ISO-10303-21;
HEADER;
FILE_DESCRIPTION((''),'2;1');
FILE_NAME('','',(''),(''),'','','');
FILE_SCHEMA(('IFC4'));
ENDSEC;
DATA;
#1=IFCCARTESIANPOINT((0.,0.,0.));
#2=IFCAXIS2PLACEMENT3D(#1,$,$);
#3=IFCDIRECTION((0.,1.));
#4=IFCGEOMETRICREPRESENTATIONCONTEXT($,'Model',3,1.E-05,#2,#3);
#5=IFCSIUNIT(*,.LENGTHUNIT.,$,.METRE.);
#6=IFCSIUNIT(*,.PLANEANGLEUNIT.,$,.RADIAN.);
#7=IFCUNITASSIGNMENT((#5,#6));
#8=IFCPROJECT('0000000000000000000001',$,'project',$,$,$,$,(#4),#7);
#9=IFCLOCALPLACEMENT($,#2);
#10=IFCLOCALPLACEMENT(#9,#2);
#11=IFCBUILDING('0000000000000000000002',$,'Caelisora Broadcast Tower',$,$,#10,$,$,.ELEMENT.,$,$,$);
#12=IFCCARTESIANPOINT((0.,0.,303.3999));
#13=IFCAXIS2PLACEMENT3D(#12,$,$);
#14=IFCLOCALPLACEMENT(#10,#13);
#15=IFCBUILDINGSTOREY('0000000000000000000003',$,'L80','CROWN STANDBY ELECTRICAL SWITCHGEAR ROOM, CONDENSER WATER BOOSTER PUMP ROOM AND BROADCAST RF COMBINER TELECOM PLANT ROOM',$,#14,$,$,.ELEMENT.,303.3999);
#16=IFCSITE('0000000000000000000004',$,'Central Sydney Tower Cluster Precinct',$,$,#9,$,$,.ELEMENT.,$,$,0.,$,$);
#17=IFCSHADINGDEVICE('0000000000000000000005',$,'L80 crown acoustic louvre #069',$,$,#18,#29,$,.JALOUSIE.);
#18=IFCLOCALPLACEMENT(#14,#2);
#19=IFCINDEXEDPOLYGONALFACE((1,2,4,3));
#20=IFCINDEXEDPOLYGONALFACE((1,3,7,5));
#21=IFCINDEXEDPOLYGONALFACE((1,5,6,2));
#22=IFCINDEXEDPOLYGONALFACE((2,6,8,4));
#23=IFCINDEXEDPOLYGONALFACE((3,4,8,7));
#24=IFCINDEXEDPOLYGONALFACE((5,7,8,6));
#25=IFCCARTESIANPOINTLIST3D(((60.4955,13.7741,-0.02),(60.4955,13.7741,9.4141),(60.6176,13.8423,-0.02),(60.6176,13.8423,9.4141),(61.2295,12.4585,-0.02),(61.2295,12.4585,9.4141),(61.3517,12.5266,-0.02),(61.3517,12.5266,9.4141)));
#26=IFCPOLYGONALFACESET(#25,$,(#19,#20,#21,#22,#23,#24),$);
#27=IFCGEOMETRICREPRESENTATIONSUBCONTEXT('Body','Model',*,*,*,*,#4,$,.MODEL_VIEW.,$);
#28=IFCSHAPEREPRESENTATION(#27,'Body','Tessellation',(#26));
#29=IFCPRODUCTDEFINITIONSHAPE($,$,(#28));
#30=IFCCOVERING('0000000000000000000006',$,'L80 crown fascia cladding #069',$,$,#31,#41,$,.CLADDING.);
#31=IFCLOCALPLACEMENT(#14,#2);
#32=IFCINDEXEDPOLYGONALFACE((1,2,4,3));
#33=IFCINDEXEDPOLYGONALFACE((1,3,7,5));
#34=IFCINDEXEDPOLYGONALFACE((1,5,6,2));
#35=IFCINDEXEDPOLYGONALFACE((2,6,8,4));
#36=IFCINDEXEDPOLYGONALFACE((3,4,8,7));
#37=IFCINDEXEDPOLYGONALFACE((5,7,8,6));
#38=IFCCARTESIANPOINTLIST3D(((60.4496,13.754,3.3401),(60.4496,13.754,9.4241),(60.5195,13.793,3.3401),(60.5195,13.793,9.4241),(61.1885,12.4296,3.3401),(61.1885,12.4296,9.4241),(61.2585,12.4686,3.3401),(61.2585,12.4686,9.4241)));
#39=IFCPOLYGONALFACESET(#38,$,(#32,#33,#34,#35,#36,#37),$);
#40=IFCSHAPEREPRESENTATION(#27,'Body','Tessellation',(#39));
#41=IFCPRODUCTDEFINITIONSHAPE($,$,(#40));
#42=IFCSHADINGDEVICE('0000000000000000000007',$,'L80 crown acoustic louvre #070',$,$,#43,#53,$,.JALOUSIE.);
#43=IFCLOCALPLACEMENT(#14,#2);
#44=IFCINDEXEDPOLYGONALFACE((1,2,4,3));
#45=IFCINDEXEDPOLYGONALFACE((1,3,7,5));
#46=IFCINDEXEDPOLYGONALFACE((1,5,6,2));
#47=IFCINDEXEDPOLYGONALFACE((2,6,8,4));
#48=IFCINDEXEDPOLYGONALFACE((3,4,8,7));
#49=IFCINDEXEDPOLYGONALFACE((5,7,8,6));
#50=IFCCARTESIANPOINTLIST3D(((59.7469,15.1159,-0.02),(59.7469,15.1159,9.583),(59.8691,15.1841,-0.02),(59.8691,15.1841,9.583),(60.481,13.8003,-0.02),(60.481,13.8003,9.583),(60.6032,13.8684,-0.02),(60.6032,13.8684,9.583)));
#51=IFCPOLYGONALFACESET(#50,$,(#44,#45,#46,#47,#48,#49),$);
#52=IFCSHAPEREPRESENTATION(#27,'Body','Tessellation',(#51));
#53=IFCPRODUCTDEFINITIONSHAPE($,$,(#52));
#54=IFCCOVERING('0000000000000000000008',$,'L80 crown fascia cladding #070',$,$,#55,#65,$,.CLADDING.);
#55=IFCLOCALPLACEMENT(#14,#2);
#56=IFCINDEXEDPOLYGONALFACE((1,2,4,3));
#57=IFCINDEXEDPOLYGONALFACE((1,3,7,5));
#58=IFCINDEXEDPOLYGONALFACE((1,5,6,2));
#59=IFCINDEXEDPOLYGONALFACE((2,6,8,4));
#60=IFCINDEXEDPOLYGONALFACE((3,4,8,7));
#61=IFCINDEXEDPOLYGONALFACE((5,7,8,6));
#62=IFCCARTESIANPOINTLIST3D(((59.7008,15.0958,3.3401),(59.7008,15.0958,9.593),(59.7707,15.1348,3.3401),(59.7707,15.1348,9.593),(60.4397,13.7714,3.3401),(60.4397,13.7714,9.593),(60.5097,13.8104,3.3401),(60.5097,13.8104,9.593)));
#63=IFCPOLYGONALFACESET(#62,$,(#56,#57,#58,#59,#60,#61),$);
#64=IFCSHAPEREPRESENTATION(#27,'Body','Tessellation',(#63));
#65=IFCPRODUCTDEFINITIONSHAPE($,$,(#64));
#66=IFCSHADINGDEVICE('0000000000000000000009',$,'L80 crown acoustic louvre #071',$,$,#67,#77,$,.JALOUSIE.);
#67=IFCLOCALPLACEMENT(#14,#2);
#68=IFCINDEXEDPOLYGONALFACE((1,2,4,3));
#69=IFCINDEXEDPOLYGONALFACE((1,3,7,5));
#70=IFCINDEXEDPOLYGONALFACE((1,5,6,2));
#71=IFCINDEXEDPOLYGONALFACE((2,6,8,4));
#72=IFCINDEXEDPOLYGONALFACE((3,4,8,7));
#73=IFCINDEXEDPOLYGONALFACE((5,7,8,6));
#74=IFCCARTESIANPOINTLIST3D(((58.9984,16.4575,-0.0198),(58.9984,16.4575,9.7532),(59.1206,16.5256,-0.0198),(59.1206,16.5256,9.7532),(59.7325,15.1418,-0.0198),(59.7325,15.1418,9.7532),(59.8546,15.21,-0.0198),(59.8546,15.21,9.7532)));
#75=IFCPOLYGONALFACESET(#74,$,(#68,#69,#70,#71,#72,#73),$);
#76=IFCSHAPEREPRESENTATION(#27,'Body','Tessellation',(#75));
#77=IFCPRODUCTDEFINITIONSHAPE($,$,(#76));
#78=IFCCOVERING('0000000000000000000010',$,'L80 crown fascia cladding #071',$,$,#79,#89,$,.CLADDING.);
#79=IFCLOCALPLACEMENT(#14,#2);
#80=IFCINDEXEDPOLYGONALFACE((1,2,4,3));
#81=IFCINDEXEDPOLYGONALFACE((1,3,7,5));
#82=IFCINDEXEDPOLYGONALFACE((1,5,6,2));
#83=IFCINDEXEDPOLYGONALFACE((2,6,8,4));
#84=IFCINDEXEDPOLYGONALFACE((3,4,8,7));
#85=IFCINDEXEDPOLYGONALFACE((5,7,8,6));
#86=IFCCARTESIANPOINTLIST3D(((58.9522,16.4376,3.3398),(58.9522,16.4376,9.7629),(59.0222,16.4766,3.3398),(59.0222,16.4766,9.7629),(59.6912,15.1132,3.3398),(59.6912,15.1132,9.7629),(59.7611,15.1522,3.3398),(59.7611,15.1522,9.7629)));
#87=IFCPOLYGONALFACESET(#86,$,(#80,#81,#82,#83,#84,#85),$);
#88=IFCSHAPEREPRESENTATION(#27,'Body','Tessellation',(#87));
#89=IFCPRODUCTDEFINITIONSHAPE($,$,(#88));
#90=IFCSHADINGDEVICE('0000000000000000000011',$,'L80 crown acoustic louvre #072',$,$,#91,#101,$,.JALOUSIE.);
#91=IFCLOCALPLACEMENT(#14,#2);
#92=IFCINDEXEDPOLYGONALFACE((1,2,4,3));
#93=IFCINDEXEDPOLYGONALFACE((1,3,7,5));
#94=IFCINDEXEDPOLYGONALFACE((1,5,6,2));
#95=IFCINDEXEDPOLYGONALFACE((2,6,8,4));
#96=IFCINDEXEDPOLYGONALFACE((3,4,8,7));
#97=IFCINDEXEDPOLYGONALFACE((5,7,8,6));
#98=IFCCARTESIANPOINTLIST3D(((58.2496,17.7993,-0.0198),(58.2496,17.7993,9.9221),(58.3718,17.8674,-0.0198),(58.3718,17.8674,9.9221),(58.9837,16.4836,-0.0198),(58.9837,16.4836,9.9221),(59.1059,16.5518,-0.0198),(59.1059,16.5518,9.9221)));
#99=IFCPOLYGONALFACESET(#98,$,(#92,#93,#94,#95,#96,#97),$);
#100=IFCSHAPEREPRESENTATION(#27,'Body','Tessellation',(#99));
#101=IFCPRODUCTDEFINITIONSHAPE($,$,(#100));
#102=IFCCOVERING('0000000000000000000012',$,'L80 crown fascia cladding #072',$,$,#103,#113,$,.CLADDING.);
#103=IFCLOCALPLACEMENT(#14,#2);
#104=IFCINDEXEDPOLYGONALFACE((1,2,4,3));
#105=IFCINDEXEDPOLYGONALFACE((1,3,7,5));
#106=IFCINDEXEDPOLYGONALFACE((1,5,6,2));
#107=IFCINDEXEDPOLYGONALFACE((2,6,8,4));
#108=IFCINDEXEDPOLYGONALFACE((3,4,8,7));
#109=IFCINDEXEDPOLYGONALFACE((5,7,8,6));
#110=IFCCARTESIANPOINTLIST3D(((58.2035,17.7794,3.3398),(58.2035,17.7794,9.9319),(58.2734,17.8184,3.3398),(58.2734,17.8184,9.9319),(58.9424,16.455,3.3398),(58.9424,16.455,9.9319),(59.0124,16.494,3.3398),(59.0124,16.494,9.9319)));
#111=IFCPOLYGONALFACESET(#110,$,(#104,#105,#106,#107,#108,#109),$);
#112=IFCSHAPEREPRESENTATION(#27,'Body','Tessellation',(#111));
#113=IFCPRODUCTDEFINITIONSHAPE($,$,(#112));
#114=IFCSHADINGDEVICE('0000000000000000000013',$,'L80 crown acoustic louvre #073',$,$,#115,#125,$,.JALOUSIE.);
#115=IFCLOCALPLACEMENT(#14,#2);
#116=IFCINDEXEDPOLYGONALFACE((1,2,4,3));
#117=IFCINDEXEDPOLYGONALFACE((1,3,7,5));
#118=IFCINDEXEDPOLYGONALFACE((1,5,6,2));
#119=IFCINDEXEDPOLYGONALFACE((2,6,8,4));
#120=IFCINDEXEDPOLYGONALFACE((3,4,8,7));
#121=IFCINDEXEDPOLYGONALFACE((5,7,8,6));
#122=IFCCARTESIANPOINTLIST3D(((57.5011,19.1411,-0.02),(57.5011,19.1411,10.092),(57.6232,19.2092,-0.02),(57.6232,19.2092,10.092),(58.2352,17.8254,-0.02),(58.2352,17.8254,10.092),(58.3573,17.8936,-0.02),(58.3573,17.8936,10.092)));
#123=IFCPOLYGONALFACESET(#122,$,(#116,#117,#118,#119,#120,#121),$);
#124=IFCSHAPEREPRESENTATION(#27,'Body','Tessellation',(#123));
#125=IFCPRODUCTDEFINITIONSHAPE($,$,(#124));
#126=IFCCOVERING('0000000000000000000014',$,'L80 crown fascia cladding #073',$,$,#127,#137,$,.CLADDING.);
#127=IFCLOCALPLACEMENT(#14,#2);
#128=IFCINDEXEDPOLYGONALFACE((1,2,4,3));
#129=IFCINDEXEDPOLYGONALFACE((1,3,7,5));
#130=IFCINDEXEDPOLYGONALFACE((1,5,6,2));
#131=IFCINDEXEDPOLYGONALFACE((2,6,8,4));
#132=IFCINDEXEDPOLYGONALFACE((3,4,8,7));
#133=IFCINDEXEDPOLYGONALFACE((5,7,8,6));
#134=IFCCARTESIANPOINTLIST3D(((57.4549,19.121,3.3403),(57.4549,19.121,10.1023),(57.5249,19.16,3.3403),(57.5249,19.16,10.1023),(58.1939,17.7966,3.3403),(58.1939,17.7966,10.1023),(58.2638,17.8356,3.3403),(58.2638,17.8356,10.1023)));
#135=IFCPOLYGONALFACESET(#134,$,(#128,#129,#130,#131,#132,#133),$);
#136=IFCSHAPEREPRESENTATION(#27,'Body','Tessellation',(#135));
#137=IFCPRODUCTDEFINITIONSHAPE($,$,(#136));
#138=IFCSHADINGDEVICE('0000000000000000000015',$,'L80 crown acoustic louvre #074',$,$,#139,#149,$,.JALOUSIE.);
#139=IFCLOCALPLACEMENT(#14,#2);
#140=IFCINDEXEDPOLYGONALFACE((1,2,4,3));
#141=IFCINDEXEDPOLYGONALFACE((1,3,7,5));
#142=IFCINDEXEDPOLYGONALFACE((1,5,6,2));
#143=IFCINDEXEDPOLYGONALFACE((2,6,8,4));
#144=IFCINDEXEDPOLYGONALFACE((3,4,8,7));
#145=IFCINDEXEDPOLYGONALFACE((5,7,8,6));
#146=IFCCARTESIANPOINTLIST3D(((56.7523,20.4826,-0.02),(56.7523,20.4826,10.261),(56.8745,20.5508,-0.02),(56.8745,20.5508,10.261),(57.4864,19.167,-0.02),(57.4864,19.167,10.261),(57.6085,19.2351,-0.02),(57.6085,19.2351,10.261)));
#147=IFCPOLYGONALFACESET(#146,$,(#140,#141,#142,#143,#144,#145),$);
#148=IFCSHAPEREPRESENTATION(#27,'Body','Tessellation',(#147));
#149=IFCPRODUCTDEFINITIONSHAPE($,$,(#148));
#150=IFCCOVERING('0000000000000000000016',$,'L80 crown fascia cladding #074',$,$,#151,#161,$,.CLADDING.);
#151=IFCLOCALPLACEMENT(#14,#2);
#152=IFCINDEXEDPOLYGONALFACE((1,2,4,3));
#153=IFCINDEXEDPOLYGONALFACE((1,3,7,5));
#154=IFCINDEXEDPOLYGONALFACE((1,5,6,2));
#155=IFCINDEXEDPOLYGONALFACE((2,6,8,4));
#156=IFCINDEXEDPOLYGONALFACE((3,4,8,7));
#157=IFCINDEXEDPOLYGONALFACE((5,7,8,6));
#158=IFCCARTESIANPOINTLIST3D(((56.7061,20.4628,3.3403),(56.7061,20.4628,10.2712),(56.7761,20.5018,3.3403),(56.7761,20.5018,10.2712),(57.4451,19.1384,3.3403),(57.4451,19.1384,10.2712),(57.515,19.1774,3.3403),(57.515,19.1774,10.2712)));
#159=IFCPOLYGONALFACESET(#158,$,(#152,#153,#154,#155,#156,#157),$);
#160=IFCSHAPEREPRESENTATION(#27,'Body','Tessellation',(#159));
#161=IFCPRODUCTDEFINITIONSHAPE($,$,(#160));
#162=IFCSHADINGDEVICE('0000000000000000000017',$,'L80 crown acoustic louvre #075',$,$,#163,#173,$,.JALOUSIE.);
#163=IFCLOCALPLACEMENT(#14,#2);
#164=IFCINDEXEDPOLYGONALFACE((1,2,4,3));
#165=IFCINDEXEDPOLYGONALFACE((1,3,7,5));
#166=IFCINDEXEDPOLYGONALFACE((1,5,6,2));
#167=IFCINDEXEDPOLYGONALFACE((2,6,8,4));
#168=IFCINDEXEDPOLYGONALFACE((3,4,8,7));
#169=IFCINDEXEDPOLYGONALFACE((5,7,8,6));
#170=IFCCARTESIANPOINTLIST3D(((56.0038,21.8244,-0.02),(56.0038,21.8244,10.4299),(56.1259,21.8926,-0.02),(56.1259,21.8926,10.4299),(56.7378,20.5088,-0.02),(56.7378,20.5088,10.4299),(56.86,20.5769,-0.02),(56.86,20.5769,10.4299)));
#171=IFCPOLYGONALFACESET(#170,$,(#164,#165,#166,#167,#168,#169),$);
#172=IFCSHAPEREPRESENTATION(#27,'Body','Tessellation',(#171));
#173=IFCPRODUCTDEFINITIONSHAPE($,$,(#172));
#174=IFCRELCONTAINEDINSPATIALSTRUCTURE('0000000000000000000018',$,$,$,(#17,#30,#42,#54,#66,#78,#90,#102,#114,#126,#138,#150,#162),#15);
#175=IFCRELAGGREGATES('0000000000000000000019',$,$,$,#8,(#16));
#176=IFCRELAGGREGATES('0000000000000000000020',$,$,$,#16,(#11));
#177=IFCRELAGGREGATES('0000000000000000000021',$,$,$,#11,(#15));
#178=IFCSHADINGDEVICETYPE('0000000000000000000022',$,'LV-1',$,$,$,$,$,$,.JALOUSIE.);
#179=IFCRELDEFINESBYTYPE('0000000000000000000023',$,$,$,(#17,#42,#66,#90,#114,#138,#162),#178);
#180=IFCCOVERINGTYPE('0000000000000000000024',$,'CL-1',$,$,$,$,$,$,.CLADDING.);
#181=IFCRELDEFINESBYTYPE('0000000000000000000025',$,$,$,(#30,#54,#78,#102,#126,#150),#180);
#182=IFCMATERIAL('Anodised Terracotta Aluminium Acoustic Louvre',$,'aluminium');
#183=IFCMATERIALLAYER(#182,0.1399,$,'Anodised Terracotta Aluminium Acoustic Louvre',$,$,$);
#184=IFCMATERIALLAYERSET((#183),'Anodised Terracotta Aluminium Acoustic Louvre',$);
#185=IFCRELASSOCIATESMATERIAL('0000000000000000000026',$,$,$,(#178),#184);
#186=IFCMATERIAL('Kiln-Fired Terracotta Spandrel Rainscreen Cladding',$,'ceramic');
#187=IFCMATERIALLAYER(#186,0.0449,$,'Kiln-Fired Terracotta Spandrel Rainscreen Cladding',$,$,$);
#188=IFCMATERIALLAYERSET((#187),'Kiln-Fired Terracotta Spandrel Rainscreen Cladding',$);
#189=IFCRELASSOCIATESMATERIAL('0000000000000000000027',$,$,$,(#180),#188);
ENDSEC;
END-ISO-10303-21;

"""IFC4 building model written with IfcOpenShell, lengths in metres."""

from ifc_helpers import new_model, si_unit, direction, frame, origin, origin_2d, place, context, subcontext, project, spatial, rectangle, extrude, source, transform, mapped, material, layer, layer_set, type_object, element, save


model = new_model("IFC4")

# Units and contexts
model_context = context("Model", 3, precision=1e-05, world=origin(), true_north=direction((0.0, 1.0)))
body_context = subcontext(model_context, "Body", "Model", "MODEL_VIEW")
ifc_project = project(units=[si_unit("LENGTHUNIT", "METRE"), si_unit("PLANEANGLEUNIT", "RADIAN")], contexts=[model_context])

# Site, building, storey
site_placement = place(None, origin())
site = spatial("IfcSite", under=ifc_project, at=site_placement, Name="Central Sydney Tower Cluster Precinct", CompositionType="ELEMENT", RefElevation=0.0)
building_placement = place(site_placement, origin())
building = spatial("IfcBuilding", under=site, at=building_placement, Name="Caelisora Broadcast Tower", CompositionType="ELEMENT")
storey_placement = place(building_placement, frame((0.0, 0.0, 303.3999)))
storey = spatial("IfcBuildingStorey", under=building, at=storey_placement, Name="L80", Description="CROWN STANDBY ELECTRICAL SWITCHGEAR ROOM, CONDENSER WATER BOOSTER PUMP ROOM AND BROADCAST RF COMBINER TELECOM PLANT ROOM", CompositionType="ELEMENT", Elevation=303.3999)

# Shading device
ifc_material_1 = material(Name="Anodised Terracotta Aluminium Acoustic Louvre", Category="aluminium")
ifc_layer_1 = layer(ifc_material_1, 0.1399, Name="Anodised Terracotta Aluminium Acoustic Louvre")
ifc_layer_set_1 = layer_set([ifc_layer_1], Name="Anodised Terracotta Aluminium Acoustic Louvre")
shading_device_type = type_object("IfcShadingDeviceType", Name="LV-1", PredefinedType="JALOUSIE", material=ifc_layer_set_1)
shared_shape_1 = source(origin(), body_context, "Body", "SweptSolid", [
    extrude(rectangle(XDim=1.5066, YDim=0.1399, at=origin_2d()), origin(), (0.0, 0.0, 1.0), 9.4341),
])
shading_device_1_placement = place(storey_placement, frame((60.9236, 13.1504, -0.02), z_axis=(0.0, 0.0, 1.0), x_axis=(-0.48725, 0.873262, 0.0)))
element("IfcShadingDevice", 1, at=shading_device_1_placement, inside=storey, type_object=shading_device_type, Name="L80 crown acoustic louvre #069", PredefinedType="JALOUSIE", context=body_context, shape_type="MappedRepresentation", body=[
    mapped(shared_shape_1, transform((0.0, 0.0, 0.0), scale=1.0)),
])

# Covering
ifc_material_2 = material(Name="Kiln-Fired Terracotta Spandrel Rainscreen Cladding", Category="ceramic")
ifc_layer_2 = layer(ifc_material_2, 0.0449, Name="Kiln-Fired Terracotta Spandrel Rainscreen Cladding")
ifc_layer_set_2 = layer_set([ifc_layer_2], Name="Kiln-Fired Terracotta Spandrel Rainscreen Cladding")
covering_type = type_object("IfcCoveringType", Name="CL-1", PredefinedType="CLADDING", material=ifc_layer_set_2)
shared_shape_2 = source(origin(), body_context, "Body", "SweptSolid", [
    extrude(rectangle(XDim=1.5166, YDim=0.0801, at=origin_2d()), origin(), (0.0, 0.0, 1.0), 6.084),
])
covering_1_placement = place(storey_placement, frame((60.854, 13.1113, 3.3401), z_axis=(0.0, 0.0, 1.0), x_axis=(-0.48725, 0.873262, 0.0)))
element("IfcCovering", 2, at=covering_1_placement, inside=storey, type_object=covering_type, Name="L80 crown fascia cladding #069", PredefinedType="CLADDING", context=body_context, shape_type="MappedRepresentation", body=[
    mapped(shared_shape_2, transform((0.0, 0.0, 0.0), scale=1.0)),
])

# Shading device
shared_shape_3 = source(origin(), body_context, "Body", "SweptSolid", [
    extrude(rectangle(XDim=1.5066, YDim=0.1399, at=origin_2d()), origin(), (0.0, 0.0, 1.0), 9.603),
])
shading_device_2_placement = place(storey_placement, frame((60.175, 14.4922, -0.02), z_axis=(0.0, 0.0, 1.0), x_axis=(-0.48725, 0.873262, 0.0)))
element("IfcShadingDevice", 3, at=shading_device_2_placement, inside=storey, type_object=shading_device_type, Name="L80 crown acoustic louvre #070", PredefinedType="JALOUSIE", context=body_context, shape_type="MappedRepresentation", body=[
    mapped(shared_shape_3, transform((0.0, 0.0, 0.0), scale=1.0)),
])

# Covering
shared_shape_4 = source(origin(), body_context, "Body", "SweptSolid", [
    extrude(rectangle(XDim=1.5166, YDim=0.0801, at=origin_2d()), origin(), (0.0, 0.0, 1.0), 6.2529),
])
covering_2_placement = place(storey_placement, frame((60.1052, 14.4531, 3.3401), z_axis=(0.0, 0.0, 1.0), x_axis=(-0.48725, 0.873262, 0.0)))
element("IfcCovering", 4, at=covering_2_placement, inside=storey, type_object=covering_type, Name="L80 crown fascia cladding #070", PredefinedType="CLADDING", context=body_context, shape_type="MappedRepresentation", body=[
    mapped(shared_shape_4, transform((0.0, 0.0, 0.0), scale=1.0)),
])

# Shading device
shared_shape_5 = source(origin(), body_context, "Body", "SweptSolid", [
    extrude(rectangle(XDim=1.5066, YDim=0.1399, at=origin_2d()), origin(), (0.0, 0.0, 1.0), 9.7729),
])
shading_device_3_placement = place(storey_placement, frame((59.4265, 15.8337, -0.0198), z_axis=(0.0, 0.0, 1.0), x_axis=(-0.48725, 0.873262, 0.0)))
element("IfcShadingDevice", 5, at=shading_device_3_placement, inside=storey, type_object=shading_device_type, Name="L80 crown acoustic louvre #071", PredefinedType="JALOUSIE", context=body_context, shape_type="MappedRepresentation", body=[
    mapped(shared_shape_5, transform((0.0, 0.0, 0.0), scale=1.0)),
])

# Covering
shared_shape_6 = source(origin(), body_context, "Body", "SweptSolid", [
    extrude(rectangle(XDim=1.5166, YDim=0.0801, at=origin_2d()), origin(), (0.0, 0.0, 1.0), 6.4231),
])
covering_3_placement = place(storey_placement, frame((59.3567, 15.7949, 3.3398), z_axis=(0.0, 0.0, 1.0), x_axis=(-0.48725, 0.873262, 0.0)))
element("IfcCovering", 6, at=covering_3_placement, inside=storey, type_object=covering_type, Name="L80 crown fascia cladding #071", PredefinedType="CLADDING", context=body_context, shape_type="MappedRepresentation", body=[
    mapped(shared_shape_6, transform((0.0, 0.0, 0.0), scale=1.0)),
])

# Shading device
shared_shape_7 = source(origin(), body_context, "Body", "SweptSolid", [
    extrude(rectangle(XDim=1.5066, YDim=0.1399, at=origin_2d()), origin(), (0.0, 0.0, 1.0), 9.9419),
])
shading_device_4_placement = place(storey_placement, frame((58.6777, 17.1755, -0.0198), z_axis=(0.0, 0.0, 1.0), x_axis=(-0.48725, 0.873262, 0.0)))
element("IfcShadingDevice", 7, at=shading_device_4_placement, inside=storey, type_object=shading_device_type, Name="L80 crown acoustic louvre #072", PredefinedType="JALOUSIE", context=body_context, shape_type="MappedRepresentation", body=[
    mapped(shared_shape_7, transform((0.0, 0.0, 0.0), scale=1.0)),
])

# Covering
shared_shape_8 = source(origin(), body_context, "Body", "SweptSolid", [
    extrude(rectangle(XDim=1.5166, YDim=0.0801, at=origin_2d()), origin(), (0.0, 0.0, 1.0), 6.592),
])
covering_4_placement = place(storey_placement, frame((58.6079, 17.1367, 3.3398), z_axis=(0.0, 0.0, 1.0), x_axis=(-0.48725, 0.873262, 0.0)))
element("IfcCovering", 8, at=covering_4_placement, inside=storey, type_object=covering_type, Name="L80 crown fascia cladding #072", PredefinedType="CLADDING", context=body_context, shape_type="MappedRepresentation", body=[
    mapped(shared_shape_8, transform((0.0, 0.0, 0.0), scale=1.0)),
])

# Shading device
shared_shape_9 = source(origin(), body_context, "Body", "SweptSolid", [
    extrude(rectangle(XDim=1.5066, YDim=0.1399, at=origin_2d()), origin(), (0.0, 0.0, 1.0), 10.1121),
])
shading_device_5_placement = place(storey_placement, frame((57.9292, 18.5173, -0.02), z_axis=(0.0, 0.0, 1.0), x_axis=(-0.48725, 0.873262, 0.0)))
element("IfcShadingDevice", 9, at=shading_device_5_placement, inside=storey, type_object=shading_device_type, Name="L80 crown acoustic louvre #073", PredefinedType="JALOUSIE", context=body_context, shape_type="MappedRepresentation", body=[
    mapped(shared_shape_9, transform((0.0, 0.0, 0.0), scale=1.0)),
])

# Covering
shared_shape_10 = source(origin(), body_context, "Body", "SweptSolid", [
    extrude(rectangle(XDim=1.5166, YDim=0.0801, at=origin_2d()), origin(), (0.0, 0.0, 1.0), 6.762),
])
covering_5_placement = place(storey_placement, frame((57.8594, 18.4783, 3.3403), z_axis=(0.0, 0.0, 1.0), x_axis=(-0.48725, 0.873262, 0.0)))
element("IfcCovering", 10, at=covering_5_placement, inside=storey, type_object=covering_type, Name="L80 crown fascia cladding #073", PredefinedType="CLADDING", context=body_context, shape_type="MappedRepresentation", body=[
    mapped(shared_shape_10, transform((0.0, 0.0, 0.0), scale=1.0)),
])

# Shading device
shared_shape_11 = source(origin(), body_context, "Body", "SweptSolid", [
    extrude(rectangle(XDim=1.5066, YDim=0.1399, at=origin_2d()), origin(), (0.0, 0.0, 1.0), 10.281),
])
shading_device_6_placement = place(storey_placement, frame((57.1804, 19.8589, -0.02), z_axis=(0.0, 0.0, 1.0), x_axis=(-0.48725, 0.873262, 0.0)))
element("IfcShadingDevice", 11, at=shading_device_6_placement, inside=storey, type_object=shading_device_type, Name="L80 crown acoustic louvre #074", PredefinedType="JALOUSIE", context=body_context, shape_type="MappedRepresentation", body=[
    mapped(shared_shape_11, transform((0.0, 0.0, 0.0), scale=1.0)),
])

# Covering
shared_shape_12 = source(origin(), body_context, "Body", "SweptSolid", [
    extrude(rectangle(XDim=1.5166, YDim=0.0801, at=origin_2d()), origin(), (0.0, 0.0, 1.0), 6.9309),
])
covering_6_placement = place(storey_placement, frame((57.1106, 19.8201, 3.3403), z_axis=(0.0, 0.0, 1.0), x_axis=(-0.48725, 0.873262, 0.0)))
element("IfcCovering", 12, at=covering_6_placement, inside=storey, type_object=covering_type, Name="L80 crown fascia cladding #074", PredefinedType="CLADDING", context=body_context, shape_type="MappedRepresentation", body=[
    mapped(shared_shape_12, transform((0.0, 0.0, 0.0), scale=1.0)),
])

# Shading device
shared_shape_13 = source(origin(), body_context, "Body", "SweptSolid", [
    extrude(rectangle(XDim=1.5066, YDim=0.1399, at=origin_2d()), origin(), (0.0, 0.0, 1.0), 10.45),
])
shading_device_7_placement = place(storey_placement, frame((56.4319, 21.2007, -0.02), z_axis=(0.0, 0.0, 1.0), x_axis=(-0.48725, 0.873262, 0.0)))
element("IfcShadingDevice", 13, at=shading_device_7_placement, inside=storey, type_object=shading_device_type, Name="L80 crown acoustic louvre #075", PredefinedType="JALOUSIE", context=body_context, shape_type="MappedRepresentation", body=[
    mapped(shared_shape_13, transform((0.0, 0.0, 0.0), scale=1.0)),
])

save(model, "model.ifc")
